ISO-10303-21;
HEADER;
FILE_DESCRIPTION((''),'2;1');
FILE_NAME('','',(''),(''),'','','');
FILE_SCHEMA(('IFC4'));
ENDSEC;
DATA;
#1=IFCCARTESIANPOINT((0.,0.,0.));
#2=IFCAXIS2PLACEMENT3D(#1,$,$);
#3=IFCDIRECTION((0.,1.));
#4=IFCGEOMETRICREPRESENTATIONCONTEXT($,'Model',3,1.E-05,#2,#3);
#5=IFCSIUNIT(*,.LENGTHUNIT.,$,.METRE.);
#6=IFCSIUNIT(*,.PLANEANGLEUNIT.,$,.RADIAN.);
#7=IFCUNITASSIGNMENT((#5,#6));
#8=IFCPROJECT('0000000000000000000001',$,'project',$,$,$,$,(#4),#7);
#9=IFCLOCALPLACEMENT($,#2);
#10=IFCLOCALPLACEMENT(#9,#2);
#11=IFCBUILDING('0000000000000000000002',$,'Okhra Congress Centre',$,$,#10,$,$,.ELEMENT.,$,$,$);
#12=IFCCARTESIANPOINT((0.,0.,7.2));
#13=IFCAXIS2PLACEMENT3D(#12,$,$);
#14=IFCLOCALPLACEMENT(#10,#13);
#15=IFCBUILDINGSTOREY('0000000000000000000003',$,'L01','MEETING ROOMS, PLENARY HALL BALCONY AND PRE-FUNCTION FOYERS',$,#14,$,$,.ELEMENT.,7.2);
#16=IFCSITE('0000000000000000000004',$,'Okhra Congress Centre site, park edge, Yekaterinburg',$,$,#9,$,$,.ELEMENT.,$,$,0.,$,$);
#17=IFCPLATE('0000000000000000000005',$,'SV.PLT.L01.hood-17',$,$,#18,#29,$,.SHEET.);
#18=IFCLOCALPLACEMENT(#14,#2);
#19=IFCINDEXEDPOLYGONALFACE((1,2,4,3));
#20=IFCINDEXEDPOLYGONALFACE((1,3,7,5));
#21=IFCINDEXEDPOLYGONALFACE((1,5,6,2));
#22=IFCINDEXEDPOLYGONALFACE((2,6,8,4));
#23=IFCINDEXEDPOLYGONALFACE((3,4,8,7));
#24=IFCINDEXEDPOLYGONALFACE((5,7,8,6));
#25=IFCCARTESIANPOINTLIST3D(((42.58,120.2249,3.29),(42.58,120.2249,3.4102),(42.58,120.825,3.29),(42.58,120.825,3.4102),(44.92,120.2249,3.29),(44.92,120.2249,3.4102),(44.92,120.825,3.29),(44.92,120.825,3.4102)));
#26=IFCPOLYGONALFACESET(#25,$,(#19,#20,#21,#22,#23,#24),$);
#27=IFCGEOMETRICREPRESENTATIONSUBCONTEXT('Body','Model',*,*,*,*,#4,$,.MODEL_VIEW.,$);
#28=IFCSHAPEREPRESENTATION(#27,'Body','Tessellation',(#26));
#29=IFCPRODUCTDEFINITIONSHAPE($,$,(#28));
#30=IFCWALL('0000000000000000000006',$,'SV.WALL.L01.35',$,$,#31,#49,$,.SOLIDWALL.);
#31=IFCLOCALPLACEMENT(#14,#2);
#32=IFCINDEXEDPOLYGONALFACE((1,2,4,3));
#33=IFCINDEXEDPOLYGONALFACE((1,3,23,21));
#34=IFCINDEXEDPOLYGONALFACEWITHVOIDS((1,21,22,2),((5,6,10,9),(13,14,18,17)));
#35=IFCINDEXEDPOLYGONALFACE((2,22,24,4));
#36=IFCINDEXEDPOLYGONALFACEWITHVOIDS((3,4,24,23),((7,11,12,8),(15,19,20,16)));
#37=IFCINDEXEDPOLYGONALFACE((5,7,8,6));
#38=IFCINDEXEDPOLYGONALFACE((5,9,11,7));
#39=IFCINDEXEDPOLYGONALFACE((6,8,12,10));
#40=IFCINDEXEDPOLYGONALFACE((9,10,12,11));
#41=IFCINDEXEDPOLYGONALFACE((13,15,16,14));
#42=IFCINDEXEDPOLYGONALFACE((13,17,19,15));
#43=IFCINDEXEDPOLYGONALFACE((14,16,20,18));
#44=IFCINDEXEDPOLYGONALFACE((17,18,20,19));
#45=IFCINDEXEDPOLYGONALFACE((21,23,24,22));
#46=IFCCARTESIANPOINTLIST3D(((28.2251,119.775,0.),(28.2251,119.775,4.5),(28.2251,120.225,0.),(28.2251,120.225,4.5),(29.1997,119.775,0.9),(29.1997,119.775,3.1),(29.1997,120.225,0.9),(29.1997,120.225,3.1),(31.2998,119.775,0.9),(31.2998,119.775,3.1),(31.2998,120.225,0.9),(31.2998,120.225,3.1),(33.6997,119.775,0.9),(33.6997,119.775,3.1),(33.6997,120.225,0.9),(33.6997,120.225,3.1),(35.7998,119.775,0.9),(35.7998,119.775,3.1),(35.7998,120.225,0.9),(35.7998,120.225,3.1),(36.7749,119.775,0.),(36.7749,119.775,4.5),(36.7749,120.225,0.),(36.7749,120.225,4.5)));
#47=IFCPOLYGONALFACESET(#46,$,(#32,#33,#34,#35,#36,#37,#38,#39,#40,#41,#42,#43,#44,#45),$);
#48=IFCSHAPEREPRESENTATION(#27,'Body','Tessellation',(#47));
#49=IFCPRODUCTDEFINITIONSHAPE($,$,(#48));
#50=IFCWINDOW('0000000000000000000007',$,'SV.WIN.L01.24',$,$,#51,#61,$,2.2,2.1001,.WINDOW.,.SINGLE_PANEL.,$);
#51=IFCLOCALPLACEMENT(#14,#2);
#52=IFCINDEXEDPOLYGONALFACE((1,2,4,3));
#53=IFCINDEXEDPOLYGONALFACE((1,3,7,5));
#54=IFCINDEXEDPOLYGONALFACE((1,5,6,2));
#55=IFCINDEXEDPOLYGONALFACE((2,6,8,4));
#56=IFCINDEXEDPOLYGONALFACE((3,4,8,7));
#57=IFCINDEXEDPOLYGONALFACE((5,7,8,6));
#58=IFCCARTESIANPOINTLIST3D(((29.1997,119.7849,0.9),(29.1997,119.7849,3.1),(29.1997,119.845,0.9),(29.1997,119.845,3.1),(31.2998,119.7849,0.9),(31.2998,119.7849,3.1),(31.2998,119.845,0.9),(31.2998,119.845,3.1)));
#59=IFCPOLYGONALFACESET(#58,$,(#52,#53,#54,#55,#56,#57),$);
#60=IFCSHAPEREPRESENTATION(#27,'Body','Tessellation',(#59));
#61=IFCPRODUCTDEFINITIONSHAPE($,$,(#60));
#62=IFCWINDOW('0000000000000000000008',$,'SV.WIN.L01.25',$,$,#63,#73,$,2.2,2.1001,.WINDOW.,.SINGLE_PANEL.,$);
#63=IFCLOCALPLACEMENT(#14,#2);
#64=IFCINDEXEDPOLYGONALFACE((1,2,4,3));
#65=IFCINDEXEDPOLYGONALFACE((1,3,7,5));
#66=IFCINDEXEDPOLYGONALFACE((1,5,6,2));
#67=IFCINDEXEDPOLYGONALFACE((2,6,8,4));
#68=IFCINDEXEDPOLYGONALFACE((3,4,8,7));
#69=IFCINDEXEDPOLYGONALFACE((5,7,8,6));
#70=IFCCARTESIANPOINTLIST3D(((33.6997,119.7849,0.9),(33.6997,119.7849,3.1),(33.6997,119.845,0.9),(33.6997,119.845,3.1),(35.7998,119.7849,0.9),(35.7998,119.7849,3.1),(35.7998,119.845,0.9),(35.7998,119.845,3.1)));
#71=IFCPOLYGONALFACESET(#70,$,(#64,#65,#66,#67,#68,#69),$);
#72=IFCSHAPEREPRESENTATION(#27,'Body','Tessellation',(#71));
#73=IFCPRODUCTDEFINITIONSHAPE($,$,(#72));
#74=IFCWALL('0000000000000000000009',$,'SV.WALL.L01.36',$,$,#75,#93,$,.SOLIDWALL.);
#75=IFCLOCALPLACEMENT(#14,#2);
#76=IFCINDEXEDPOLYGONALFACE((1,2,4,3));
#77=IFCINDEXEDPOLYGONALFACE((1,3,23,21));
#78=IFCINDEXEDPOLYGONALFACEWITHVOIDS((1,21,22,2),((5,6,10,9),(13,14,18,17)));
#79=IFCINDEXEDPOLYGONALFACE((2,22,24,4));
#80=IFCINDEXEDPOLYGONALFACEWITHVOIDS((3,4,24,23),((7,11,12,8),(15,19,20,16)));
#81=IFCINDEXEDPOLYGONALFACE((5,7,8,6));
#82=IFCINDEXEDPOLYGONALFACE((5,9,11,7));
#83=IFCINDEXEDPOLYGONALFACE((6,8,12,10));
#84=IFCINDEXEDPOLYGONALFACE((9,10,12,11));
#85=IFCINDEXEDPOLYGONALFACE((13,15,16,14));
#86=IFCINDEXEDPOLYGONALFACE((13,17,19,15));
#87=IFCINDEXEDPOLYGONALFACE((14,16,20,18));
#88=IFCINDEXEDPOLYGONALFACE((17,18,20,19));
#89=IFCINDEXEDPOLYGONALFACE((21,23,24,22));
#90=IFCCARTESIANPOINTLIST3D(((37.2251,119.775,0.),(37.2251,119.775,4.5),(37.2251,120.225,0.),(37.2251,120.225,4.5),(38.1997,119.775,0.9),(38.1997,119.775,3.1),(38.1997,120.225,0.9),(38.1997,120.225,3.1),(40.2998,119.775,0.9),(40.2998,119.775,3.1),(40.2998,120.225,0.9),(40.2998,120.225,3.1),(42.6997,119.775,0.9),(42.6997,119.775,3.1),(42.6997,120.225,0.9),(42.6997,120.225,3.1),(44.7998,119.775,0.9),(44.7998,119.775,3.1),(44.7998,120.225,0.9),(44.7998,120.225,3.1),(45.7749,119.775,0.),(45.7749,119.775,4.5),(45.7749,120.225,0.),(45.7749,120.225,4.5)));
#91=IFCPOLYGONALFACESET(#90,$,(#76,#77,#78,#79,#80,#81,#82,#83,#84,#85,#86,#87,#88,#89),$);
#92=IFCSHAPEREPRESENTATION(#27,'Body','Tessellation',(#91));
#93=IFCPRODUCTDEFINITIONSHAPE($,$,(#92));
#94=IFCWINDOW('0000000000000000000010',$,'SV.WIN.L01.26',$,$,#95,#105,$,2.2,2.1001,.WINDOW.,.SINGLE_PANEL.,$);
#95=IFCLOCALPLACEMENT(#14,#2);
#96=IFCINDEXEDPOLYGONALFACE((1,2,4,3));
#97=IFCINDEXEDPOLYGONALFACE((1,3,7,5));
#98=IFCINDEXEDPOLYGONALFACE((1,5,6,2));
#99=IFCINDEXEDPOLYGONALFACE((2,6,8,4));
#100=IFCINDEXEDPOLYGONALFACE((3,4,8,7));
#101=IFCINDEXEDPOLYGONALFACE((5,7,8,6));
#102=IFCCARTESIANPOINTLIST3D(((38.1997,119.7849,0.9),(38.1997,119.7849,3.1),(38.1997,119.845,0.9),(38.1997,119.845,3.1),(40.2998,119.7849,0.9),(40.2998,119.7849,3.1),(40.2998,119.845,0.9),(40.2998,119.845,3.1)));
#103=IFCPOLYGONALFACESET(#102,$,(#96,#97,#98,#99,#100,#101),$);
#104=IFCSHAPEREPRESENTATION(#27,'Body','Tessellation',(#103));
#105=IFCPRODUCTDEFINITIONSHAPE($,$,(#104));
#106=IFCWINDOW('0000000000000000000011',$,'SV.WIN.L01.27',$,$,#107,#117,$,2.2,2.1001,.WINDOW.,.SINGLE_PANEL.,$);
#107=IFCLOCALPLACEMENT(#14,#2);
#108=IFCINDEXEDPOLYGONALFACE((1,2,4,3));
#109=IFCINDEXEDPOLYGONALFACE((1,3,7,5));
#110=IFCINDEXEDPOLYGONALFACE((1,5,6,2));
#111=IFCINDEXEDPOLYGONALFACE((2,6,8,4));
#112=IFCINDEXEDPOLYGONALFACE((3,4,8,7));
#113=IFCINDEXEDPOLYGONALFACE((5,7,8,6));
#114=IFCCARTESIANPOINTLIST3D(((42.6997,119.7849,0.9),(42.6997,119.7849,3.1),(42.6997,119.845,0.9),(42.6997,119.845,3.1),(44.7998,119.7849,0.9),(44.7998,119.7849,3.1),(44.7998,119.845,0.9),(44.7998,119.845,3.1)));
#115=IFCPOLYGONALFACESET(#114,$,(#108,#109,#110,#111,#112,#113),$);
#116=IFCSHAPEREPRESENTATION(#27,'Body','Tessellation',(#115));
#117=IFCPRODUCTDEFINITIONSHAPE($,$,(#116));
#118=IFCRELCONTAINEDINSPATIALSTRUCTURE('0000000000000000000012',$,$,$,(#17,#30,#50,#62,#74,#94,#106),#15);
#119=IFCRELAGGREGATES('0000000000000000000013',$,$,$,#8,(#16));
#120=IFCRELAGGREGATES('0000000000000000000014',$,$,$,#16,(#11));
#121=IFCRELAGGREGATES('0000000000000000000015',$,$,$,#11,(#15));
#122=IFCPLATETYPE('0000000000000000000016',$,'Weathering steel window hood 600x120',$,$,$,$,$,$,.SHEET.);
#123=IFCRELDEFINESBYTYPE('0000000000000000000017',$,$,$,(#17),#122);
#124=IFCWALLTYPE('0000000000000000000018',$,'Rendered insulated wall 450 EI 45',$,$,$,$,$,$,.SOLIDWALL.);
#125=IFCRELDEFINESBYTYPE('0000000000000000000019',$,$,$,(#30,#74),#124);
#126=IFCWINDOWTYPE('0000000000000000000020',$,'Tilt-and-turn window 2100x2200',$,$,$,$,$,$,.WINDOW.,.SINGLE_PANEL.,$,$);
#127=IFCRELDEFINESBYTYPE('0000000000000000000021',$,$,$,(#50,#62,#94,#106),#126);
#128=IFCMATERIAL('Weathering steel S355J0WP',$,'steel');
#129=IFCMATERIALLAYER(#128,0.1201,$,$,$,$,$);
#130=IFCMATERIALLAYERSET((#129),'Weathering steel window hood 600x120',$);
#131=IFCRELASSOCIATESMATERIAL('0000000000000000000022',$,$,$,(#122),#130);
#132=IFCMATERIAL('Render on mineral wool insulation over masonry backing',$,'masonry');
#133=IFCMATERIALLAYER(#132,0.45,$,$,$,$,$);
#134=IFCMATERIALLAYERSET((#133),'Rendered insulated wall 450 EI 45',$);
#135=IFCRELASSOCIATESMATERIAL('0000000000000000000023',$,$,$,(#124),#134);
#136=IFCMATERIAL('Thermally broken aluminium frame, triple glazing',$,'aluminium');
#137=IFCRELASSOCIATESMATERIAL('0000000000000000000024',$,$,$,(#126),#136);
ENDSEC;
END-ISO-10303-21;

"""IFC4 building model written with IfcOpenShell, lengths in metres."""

from ifc_helpers import new_model, si_unit, direction, frame, frame_2d, origin, origin_2d, place, context, subcontext, project, spatial, rectangle, extrude, material, layer, layer_set, type_object, element, fill, save


model = new_model("IFC4")

# Units and contexts
model_context = context("Model", 3, precision=1e-05, world=origin(), true_north=direction((0.0, 1.0)))
body_context = subcontext(model_context, "Body", "Model", "MODEL_VIEW")
ifc_project = project(units=[si_unit("LENGTHUNIT", "METRE"), si_unit("PLANEANGLEUNIT", "RADIAN")], contexts=[model_context])

# Site, building, storey
site_placement = place(None, origin())
site = spatial("IfcSite", under=ifc_project, at=site_placement, Name="Okhra Congress Centre site, park edge, Yekaterinburg", CompositionType="ELEMENT", RefElevation=0.0)
building_placement = place(site_placement, origin())
building = spatial("IfcBuilding", under=site, at=building_placement, Name="Okhra Congress Centre", CompositionType="ELEMENT")
storey_placement = place(building_placement, frame((0.0, 0.0, 7.2)))
storey = spatial("IfcBuildingStorey", under=building, at=storey_placement, Name="L01", Description="MEETING ROOMS, PLENARY HALL BALCONY AND PRE-FUNCTION FOYERS", CompositionType="ELEMENT", Elevation=7.2)

# Plate
ifc_material_1 = material(Name="Weathering steel S355J0WP", Category="steel")
ifc_layer_1 = layer(ifc_material_1, 0.1201)
ifc_layer_set_1 = layer_set([ifc_layer_1], Name="Weathering steel window hood 600x120")
plate_type_1 = type_object("IfcPlateType", Name="Weathering steel window hood 600x120", PredefinedType="SHEET", material=ifc_layer_set_1)
for number, where, z_axis, x_axis, name in (
    (1, (43.75, 120.5249, 3.29), (0.0, 0.0, 1.0), (-1.0, 0.0, 0.0), "SV.PLT.L01.hood-17"),
):
    element("IfcPlate", number, at=place(storey_placement, frame(where, z_axis=z_axis, x_axis=x_axis)), inside=storey, type_object=plate_type_1, Name=name, PredefinedType="SHEET", context=body_context, shape_type="SweptSolid", body=[
        extrude(rectangle(XDim=2.3401, YDim=0.6001, at=origin_2d()), origin(), (0.0, 0.0, 1.0), 0.1201),
    ])

# Walls, openings, windows
ifc_material_2 = material(Name="Render on mineral wool insulation over masonry backing", Category="masonry")
ifc_layer_2 = layer(ifc_material_2, 0.45)
ifc_layer_set_2 = layer_set([ifc_layer_2], Name="Rendered insulated wall 450 EI 45")
wall_type = type_object("IfcWallType", Name="Rendered insulated wall 450 EI 45", PredefinedType="SOLIDWALL", material=ifc_layer_set_2)
wall_1_placement = place(storey_placement, frame((36.7749, 120.0, 0.0), z_axis=(0.0, 0.0, 1.0), x_axis=(-1.0, 0.0, 0.0)))
wall_1 = element("IfcWall", 2, at=wall_1_placement, inside=storey, type_object=wall_type, Name="SV.WALL.L01.35", PredefinedType="SOLIDWALL", context=body_context, shape_type="SweptSolid", body=[
    extrude(rectangle(XDim=8.5498, YDim=0.45, at=frame_2d((4.2749, 0.0))), origin(), (0.0, 0.0, 1.0), 4.5),
])
opening_1_placement = place(wall_1_placement, frame((5.4751, 0.0, 0.8999)))
opening_1 = element("IfcOpeningElement", 3, at=opening_1_placement, cuts=wall_1, PredefinedType="OPENING", context=body_context, shape_type="SweptSolid", body=[
    extrude(rectangle(XDim=2.1001, YDim=2.2, at=frame_2d((1.05, 1.1001))), frame((0.0, 0.2349, 0.0), z_axis=(0.0, -1.0, 0.0), x_axis=(1.0, 0.0, 0.0)), (0.0, 0.0, 1.0), 0.47),
])
opening_2_placement = place(wall_1_placement, frame((0.9751, 0.0, 0.8999)))
opening_2 = element("IfcOpeningElement", 4, at=opening_2_placement, cuts=wall_1, PredefinedType="OPENING", context=body_context, shape_type="SweptSolid", body=[
    extrude(rectangle(XDim=2.1001, YDim=2.2, at=frame_2d((1.05, 1.1001))), frame((0.0, 0.2349, 0.0), z_axis=(0.0, -1.0, 0.0), x_axis=(1.0, 0.0, 0.0)), (0.0, 0.0, 1.0), 0.47),
])
ifc_material_3 = material(Name="Thermally broken aluminium frame, triple glazing", Category="aluminium")
window_type = type_object("IfcWindowType", Name="Tilt-and-turn window 2100x2200", PartitioningType="SINGLE_PANEL", PredefinedType="WINDOW", material=ifc_material_3)
window_1_placement = place(opening_1_placement, origin())
window_1 = element("IfcWindow", 5, at=window_1_placement, inside=storey, type_object=window_type, Name="SV.WIN.L01.24", OverallHeight=2.2, OverallWidth=2.1001, PartitioningType="SINGLE_PANEL", PredefinedType="WINDOW", context=body_context, shape_type="SweptSolid", body=[
    extrude(rectangle(XDim=2.1001, YDim=2.2, at=frame_2d((1.05, 1.1001))), frame((0.0, 0.2151, 0.0), z_axis=(0.0, -1.0, 0.0), x_axis=(1.0, 0.0, 0.0)), (0.0, 0.0, 1.0), 0.0601),
])
fill(opening_1, window_1)
window_2_placement = place(opening_2_placement, origin())
window_2 = element("IfcWindow", 6, at=window_2_placement, inside=storey, type_object=window_type, Name="SV.WIN.L01.25", OverallHeight=2.2, OverallWidth=2.1001, PartitioningType="SINGLE_PANEL", PredefinedType="WINDOW", context=body_context, shape_type="SweptSolid", body=[
    extrude(rectangle(XDim=2.1001, YDim=2.2, at=frame_2d((1.05, 1.1001))), frame((0.0, 0.2151, 0.0), z_axis=(0.0, -1.0, 0.0), x_axis=(1.0, 0.0, 0.0)), (0.0, 0.0, 1.0), 0.0601),
])
fill(opening_2, window_2)
wall_2_placement = place(storey_placement, frame((45.7749, 120.0, 0.0), z_axis=(0.0, 0.0, 1.0), x_axis=(-1.0, 0.0, 0.0)))
wall_2 = element("IfcWall", 7, at=wall_2_placement, inside=storey, type_object=wall_type, Name="SV.WALL.L01.36", PredefinedType="SOLIDWALL", context=body_context, shape_type="SweptSolid", body=[
    extrude(rectangle(XDim=8.5498, YDim=0.45, at=frame_2d((4.2749, 0.0))), origin(), (0.0, 0.0, 1.0), 4.5),
])
opening_3_placement = place(wall_2_placement, frame((5.4751, 0.0, 0.8999)))
opening_3 = element("IfcOpeningElement", 8, at=opening_3_placement, cuts=wall_2, PredefinedType="OPENING", context=body_context, shape_type="SweptSolid", body=[
    extrude(rectangle(XDim=2.1001, YDim=2.2, at=frame_2d((1.05, 1.1001))), frame((0.0, 0.2349, 0.0), z_axis=(0.0, -1.0, 0.0), x_axis=(1.0, 0.0, 0.0)), (0.0, 0.0, 1.0), 0.47),
])
opening_4_placement = place(wall_2_placement, frame((0.9751, 0.0, 0.8999)))
opening_4 = element("IfcOpeningElement", 9, at=opening_4_placement, cuts=wall_2, PredefinedType="OPENING", context=body_context, shape_type="SweptSolid", body=[
    extrude(rectangle(XDim=2.1001, YDim=2.2, at=frame_2d((1.05, 1.1001))), frame((0.0, 0.2349, 0.0), z_axis=(0.0, -1.0, 0.0), x_axis=(1.0, 0.0, 0.0)), (0.0, 0.0, 1.0), 0.47),
])
window_3_placement = place(opening_3_placement, origin())
window_3 = element("IfcWindow", 10, at=window_3_placement, inside=storey, type_object=window_type, Name="SV.WIN.L01.26", OverallHeight=2.2, OverallWidth=2.1001, PartitioningType="SINGLE_PANEL", PredefinedType="WINDOW", context=body_context, shape_type="SweptSolid", body=[
    extrude(rectangle(XDim=2.1001, YDim=2.2, at=frame_2d((1.05, 1.1001))), frame((0.0, 0.2151, 0.0), z_axis=(0.0, -1.0, 0.0), x_axis=(1.0, 0.0, 0.0)), (0.0, 0.0, 1.0), 0.0601),
])
fill(opening_3, window_3)
window_4_placement = place(opening_4_placement, origin())
window_4 = element("IfcWindow", 11, at=window_4_placement, inside=storey, type_object=window_type, Name="SV.WIN.L01.27", OverallHeight=2.2, OverallWidth=2.1001, PartitioningType="SINGLE_PANEL", PredefinedType="WINDOW", context=body_context, shape_type="SweptSolid", body=[
    extrude(rectangle(XDim=2.1001, YDim=2.2, at=frame_2d((1.05, 1.1001))), frame((0.0, 0.2151, 0.0), z_axis=(0.0, -1.0, 0.0), x_axis=(1.0, 0.0, 0.0)), (0.0, 0.0, 1.0), 0.0601),
])
fill(opening_4, window_4)

save(model, "model.ifc")
